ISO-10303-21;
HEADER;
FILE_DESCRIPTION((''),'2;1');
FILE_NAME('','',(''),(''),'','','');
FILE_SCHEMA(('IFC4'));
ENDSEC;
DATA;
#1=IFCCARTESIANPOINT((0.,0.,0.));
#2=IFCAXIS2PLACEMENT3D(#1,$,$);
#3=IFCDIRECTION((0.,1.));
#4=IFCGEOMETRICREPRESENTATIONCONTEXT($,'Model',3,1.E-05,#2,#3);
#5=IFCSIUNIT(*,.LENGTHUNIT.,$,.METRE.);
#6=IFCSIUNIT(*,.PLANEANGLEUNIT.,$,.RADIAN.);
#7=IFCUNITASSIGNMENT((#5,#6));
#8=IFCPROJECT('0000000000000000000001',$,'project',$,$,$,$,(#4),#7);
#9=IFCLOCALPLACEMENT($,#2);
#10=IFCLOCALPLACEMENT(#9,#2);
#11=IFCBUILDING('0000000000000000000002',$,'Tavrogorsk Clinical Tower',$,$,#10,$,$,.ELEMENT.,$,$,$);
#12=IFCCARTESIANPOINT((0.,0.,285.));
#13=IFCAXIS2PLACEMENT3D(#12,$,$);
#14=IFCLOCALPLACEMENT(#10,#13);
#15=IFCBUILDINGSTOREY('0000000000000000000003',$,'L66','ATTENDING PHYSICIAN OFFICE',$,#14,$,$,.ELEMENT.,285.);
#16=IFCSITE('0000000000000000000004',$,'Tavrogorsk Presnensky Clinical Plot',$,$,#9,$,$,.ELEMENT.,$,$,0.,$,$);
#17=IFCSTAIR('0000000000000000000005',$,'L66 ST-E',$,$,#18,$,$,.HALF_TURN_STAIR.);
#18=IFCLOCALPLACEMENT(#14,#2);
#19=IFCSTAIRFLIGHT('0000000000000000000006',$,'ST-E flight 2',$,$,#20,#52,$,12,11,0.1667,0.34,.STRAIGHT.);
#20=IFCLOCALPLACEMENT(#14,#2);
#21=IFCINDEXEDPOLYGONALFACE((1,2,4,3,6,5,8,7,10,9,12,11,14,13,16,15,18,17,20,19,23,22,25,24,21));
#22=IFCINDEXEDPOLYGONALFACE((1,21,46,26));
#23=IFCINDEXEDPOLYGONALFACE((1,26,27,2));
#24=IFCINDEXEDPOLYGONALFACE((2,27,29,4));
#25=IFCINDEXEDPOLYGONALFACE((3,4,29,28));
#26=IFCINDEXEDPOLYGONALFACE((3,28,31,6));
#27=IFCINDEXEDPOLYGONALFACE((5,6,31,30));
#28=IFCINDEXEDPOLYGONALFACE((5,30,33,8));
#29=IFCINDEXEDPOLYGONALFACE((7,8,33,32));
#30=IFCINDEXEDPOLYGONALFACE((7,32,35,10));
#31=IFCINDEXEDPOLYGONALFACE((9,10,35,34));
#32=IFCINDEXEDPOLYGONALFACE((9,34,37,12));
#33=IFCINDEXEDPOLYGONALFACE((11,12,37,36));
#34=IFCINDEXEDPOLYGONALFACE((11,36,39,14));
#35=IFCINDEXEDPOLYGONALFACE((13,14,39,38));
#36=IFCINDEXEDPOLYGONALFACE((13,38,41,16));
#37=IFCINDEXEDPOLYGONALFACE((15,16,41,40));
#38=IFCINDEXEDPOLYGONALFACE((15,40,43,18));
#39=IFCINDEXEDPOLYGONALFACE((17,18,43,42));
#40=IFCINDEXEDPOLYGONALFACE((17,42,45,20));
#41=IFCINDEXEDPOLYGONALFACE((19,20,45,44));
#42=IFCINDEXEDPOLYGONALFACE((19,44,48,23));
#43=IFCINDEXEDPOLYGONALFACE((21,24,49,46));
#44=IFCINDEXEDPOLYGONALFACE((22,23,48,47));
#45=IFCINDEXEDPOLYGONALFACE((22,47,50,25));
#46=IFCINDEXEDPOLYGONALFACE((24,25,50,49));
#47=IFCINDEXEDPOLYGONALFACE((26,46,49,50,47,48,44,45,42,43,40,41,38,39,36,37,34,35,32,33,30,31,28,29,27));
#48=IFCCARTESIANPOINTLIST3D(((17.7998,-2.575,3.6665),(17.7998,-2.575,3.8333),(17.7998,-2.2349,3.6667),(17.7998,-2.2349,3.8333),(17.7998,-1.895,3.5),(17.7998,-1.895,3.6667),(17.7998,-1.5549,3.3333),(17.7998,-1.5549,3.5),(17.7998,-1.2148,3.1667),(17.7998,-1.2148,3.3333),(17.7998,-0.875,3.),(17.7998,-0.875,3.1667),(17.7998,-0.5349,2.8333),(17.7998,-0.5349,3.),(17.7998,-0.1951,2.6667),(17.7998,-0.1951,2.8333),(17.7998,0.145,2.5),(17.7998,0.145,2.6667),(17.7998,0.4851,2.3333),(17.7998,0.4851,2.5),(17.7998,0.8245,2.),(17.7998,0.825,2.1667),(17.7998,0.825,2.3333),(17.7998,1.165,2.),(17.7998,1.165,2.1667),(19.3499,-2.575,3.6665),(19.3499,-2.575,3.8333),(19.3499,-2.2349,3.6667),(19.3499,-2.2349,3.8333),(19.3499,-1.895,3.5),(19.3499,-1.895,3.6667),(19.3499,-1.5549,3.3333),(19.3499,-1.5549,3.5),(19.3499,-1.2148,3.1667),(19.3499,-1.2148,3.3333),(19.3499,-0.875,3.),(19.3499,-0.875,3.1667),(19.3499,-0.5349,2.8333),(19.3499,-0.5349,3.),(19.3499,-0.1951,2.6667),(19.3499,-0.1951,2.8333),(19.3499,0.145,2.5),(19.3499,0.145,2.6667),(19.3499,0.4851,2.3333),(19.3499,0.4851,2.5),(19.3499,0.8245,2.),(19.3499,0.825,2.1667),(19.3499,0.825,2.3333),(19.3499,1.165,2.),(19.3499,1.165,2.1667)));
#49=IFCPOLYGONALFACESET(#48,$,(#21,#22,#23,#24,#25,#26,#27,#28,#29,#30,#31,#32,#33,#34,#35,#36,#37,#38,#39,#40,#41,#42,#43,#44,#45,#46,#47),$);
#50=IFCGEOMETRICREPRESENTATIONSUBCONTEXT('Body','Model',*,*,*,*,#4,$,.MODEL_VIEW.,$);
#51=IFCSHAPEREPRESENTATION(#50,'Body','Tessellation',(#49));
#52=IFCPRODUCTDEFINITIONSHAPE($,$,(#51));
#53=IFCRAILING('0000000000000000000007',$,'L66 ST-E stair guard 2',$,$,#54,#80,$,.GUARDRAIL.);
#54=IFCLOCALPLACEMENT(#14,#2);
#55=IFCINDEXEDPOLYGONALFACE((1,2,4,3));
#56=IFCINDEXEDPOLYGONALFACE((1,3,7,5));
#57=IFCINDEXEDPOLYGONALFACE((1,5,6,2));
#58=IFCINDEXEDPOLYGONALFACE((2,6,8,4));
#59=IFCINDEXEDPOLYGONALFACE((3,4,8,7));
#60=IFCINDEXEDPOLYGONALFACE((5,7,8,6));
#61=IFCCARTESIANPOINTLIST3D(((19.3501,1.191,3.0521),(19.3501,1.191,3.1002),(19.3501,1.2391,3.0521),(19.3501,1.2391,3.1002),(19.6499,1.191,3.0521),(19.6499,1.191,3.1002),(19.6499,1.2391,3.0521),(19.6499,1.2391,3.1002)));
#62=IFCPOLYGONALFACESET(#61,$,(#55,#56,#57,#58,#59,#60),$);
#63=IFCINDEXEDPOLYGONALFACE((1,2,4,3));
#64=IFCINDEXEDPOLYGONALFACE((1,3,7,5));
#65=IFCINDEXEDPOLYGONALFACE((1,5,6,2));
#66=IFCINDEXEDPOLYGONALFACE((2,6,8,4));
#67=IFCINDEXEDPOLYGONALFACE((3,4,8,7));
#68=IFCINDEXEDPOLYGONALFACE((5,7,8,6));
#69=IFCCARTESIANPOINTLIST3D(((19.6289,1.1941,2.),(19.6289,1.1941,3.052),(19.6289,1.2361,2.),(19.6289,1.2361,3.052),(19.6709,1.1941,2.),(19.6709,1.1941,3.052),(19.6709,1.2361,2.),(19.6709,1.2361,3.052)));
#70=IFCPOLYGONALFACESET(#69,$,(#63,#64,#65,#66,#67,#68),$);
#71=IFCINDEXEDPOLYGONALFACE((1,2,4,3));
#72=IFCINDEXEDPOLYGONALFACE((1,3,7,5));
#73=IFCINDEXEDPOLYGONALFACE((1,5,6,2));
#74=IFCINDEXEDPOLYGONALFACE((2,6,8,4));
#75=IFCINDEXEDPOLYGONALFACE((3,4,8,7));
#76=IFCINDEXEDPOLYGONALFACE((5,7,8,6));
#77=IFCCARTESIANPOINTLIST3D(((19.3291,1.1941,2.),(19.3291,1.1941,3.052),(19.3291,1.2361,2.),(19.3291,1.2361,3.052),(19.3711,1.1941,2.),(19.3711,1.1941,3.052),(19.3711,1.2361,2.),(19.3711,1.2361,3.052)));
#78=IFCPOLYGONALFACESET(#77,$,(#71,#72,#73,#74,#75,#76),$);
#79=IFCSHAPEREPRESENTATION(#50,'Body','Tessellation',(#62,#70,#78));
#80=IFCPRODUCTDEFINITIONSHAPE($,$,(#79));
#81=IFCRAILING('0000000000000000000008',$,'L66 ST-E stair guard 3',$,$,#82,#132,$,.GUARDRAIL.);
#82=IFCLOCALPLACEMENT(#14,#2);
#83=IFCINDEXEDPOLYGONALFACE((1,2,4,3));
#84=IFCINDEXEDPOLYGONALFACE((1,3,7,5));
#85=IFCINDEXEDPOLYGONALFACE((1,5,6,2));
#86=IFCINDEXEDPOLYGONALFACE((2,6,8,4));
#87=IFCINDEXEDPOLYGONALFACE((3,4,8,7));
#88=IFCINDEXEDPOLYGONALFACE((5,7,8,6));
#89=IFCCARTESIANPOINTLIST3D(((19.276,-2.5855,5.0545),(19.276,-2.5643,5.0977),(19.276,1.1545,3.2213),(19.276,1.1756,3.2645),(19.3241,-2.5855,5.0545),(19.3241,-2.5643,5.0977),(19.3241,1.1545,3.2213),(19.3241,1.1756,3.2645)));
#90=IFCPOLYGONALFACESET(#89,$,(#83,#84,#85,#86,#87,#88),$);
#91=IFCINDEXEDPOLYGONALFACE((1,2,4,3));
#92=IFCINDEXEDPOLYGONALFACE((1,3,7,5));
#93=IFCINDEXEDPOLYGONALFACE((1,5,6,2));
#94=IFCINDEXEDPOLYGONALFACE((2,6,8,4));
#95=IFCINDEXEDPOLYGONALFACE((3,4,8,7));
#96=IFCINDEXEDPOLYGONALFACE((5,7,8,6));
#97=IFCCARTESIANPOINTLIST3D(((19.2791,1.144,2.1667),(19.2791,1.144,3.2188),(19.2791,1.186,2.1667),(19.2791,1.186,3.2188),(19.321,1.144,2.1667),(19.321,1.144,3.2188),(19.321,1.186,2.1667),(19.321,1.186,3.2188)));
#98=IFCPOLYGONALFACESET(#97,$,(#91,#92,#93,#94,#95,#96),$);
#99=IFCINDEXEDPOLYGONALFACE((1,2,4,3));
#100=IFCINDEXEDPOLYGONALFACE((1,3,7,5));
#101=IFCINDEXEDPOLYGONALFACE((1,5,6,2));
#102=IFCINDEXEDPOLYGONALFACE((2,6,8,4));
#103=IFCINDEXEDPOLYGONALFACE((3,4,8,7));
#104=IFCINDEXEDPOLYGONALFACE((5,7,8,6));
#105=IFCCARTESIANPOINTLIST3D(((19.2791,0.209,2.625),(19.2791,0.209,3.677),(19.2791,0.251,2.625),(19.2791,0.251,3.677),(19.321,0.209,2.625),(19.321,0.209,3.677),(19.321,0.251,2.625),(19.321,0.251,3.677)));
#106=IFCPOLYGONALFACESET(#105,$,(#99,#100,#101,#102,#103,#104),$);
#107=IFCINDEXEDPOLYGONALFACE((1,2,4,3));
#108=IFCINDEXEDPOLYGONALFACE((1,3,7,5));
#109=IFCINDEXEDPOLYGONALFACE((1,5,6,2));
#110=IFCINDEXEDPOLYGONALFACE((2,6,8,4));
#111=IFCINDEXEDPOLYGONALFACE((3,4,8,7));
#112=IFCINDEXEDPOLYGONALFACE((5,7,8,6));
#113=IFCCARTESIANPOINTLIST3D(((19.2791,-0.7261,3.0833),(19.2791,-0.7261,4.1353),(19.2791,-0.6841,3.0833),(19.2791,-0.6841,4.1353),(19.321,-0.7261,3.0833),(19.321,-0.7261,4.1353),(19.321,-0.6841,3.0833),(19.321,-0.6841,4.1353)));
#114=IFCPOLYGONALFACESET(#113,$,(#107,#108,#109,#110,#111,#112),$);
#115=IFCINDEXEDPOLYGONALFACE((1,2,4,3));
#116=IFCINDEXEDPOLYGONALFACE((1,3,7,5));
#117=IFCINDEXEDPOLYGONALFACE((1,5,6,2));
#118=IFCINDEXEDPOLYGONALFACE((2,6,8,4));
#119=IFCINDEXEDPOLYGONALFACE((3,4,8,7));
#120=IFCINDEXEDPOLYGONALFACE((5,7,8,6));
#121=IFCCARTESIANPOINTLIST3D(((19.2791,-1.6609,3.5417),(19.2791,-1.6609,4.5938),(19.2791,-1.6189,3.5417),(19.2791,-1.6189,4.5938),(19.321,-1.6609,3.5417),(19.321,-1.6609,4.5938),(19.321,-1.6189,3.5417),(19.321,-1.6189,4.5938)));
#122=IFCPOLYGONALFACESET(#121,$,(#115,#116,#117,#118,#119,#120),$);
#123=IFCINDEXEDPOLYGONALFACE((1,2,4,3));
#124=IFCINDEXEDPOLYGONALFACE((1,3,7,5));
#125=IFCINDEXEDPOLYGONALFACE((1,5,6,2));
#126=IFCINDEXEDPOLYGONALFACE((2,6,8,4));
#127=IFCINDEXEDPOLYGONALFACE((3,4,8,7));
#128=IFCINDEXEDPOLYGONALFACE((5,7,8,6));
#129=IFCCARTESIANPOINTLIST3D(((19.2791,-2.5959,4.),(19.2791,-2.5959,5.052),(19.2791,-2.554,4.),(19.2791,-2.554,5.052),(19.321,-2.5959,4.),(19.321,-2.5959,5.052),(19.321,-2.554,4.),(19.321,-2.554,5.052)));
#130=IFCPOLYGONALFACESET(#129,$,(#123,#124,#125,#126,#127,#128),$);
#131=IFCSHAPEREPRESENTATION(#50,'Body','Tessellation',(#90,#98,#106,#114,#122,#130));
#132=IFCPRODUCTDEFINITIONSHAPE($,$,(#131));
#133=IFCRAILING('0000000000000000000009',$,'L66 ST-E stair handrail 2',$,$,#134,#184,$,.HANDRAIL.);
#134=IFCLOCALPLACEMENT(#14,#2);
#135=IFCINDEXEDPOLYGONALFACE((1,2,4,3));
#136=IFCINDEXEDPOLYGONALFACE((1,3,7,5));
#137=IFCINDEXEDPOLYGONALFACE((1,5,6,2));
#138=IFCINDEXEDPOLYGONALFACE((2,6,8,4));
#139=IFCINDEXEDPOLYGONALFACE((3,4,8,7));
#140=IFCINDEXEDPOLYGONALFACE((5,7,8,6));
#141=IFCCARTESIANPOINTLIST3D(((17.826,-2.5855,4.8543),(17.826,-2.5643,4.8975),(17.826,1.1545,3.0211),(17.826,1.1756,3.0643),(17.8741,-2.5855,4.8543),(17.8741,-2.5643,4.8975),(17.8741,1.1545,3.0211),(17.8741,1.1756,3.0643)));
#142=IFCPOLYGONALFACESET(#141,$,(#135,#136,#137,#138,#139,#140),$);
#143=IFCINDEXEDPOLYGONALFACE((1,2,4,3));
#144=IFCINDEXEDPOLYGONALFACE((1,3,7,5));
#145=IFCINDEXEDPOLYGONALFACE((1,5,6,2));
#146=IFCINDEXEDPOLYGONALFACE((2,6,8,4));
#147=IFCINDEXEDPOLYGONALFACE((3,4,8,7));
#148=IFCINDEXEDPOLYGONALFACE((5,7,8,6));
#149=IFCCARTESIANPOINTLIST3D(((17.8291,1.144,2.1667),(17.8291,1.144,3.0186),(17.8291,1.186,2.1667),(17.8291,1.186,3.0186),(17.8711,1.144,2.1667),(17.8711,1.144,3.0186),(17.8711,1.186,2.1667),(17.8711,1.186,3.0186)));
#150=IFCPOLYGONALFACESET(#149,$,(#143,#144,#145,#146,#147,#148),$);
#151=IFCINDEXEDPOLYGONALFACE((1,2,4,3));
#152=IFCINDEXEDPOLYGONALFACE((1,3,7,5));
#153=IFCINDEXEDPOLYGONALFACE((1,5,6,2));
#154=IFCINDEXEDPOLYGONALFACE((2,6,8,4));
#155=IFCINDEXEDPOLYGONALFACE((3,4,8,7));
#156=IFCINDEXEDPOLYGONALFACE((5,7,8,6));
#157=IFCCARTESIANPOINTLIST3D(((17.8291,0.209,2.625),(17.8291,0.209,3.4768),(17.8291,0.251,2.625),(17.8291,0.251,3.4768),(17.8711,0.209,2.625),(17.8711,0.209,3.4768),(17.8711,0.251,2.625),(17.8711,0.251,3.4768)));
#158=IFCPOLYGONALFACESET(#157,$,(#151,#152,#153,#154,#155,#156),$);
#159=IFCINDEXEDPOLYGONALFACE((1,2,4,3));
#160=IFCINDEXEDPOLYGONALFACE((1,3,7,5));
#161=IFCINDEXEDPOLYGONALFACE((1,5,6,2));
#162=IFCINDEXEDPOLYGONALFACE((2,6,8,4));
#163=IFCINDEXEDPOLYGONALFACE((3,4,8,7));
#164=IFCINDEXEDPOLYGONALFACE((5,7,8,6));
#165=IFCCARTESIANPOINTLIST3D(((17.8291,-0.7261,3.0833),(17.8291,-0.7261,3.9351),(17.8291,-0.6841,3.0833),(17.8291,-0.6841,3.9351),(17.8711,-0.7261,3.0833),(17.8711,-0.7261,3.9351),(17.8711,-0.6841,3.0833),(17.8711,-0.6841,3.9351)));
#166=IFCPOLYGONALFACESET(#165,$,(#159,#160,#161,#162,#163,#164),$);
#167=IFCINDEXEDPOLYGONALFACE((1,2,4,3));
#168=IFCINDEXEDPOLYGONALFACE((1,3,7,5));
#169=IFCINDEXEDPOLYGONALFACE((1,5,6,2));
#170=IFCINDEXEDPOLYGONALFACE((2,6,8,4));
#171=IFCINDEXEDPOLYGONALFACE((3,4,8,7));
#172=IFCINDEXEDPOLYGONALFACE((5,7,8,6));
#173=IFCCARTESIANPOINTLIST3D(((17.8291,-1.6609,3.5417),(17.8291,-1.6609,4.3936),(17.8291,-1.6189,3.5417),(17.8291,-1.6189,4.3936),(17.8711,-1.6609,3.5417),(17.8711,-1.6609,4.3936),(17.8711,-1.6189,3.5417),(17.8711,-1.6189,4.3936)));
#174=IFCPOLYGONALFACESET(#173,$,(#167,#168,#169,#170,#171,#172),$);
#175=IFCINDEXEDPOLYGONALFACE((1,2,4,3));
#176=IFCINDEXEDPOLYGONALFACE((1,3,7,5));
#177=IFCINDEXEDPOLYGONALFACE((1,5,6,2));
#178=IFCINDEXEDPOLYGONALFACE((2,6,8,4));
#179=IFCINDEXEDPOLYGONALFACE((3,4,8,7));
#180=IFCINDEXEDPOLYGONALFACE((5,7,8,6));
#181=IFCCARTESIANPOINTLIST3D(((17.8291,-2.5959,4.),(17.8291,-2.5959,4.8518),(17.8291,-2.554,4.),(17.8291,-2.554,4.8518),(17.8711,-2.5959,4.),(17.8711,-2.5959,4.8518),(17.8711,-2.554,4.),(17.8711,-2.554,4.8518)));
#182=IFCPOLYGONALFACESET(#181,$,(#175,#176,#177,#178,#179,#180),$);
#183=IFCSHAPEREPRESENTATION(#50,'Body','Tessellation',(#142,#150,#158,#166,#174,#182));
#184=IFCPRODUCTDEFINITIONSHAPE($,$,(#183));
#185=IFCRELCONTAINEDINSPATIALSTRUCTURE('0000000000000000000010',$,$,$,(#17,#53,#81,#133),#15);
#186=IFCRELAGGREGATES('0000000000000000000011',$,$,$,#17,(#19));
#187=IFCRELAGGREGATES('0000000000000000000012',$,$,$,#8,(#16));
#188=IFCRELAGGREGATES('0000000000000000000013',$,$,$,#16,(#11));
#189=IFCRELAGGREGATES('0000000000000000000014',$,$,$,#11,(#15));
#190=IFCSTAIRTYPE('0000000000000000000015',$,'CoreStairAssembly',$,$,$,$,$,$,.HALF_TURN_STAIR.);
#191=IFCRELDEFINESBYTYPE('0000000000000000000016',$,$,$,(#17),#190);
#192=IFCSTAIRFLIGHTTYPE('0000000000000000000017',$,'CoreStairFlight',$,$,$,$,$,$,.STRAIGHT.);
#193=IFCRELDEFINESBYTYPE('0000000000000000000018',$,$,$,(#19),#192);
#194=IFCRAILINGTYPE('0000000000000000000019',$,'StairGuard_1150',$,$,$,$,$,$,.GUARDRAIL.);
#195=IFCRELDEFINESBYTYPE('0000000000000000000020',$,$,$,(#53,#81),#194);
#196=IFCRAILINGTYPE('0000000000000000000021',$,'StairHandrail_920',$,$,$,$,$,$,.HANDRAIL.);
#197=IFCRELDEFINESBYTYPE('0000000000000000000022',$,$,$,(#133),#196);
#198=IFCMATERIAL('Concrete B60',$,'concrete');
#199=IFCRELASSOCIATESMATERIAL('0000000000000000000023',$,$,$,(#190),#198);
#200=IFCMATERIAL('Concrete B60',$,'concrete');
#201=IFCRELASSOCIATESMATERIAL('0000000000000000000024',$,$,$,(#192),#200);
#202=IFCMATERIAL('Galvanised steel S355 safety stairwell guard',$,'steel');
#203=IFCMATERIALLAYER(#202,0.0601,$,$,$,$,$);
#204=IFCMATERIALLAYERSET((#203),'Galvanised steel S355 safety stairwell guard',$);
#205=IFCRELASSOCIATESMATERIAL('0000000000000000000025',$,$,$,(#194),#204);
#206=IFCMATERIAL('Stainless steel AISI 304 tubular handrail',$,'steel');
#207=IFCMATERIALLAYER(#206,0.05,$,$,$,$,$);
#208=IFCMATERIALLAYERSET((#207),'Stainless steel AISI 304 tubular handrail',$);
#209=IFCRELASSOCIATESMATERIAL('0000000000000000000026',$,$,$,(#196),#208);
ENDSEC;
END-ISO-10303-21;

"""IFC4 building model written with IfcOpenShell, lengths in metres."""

from ifc_helpers import new_model, si_unit, direction, frame, origin, origin_2d, place, context, subcontext, project, spatial, polyline, rectangle, outline, extrude, material, layer, layer_set, type_object, element, aggregate, save


model = new_model("IFC4")

# Units and contexts
model_context = context("Model", 3, precision=1e-05, world=origin(), true_north=direction((0.0, 1.0)))
body_context = subcontext(model_context, "Body", "Model", "MODEL_VIEW")
ifc_project = project(units=[si_unit("LENGTHUNIT", "METRE"), si_unit("PLANEANGLEUNIT", "RADIAN")], contexts=[model_context])

# Site, building, storey
site_placement = place(None, origin())
site = spatial("IfcSite", under=ifc_project, at=site_placement, Name="Tavrogorsk Presnensky Clinical Plot", CompositionType="ELEMENT", RefElevation=0.0)
building_placement = place(site_placement, origin())
building = spatial("IfcBuilding", under=site, at=building_placement, Name="Tavrogorsk Clinical Tower", CompositionType="ELEMENT")
storey_placement = place(building_placement, frame((0.0, 0.0, 285.0)))
storey = spatial("IfcBuildingStorey", under=building, at=storey_placement, Name="L66", Description="ATTENDING PHYSICIAN OFFICE", CompositionType="ELEMENT", Elevation=285.0)

# Stair, stair flight
ifc_material_1 = material(Name="Concrete B60", Category="concrete")
stair_type = type_object("IfcStairType", Name="CoreStairAssembly", PredefinedType="HALF_TURN_STAIR", material=ifc_material_1)
stair_placement = place(storey_placement, origin())
stair = element("IfcStair", 1, at=stair_placement, inside=storey, type_object=stair_type, Name="L66 ST-E", PredefinedType="HALF_TURN_STAIR")
ifc_material_2 = material(Name="Concrete B60", Category="concrete")
stair_flight_type = type_object("IfcStairFlightType", Name="CoreStairFlight", PredefinedType="STRAIGHT", material=ifc_material_2)
stair_flight_placement = place(storey_placement, frame((18.575, 1.165, 2.0), z_axis=(0.0, 0.0, 1.0), x_axis=(0.0, -1.0, 0.0)))
stair_flight = element("IfcStairFlight", 2, at=stair_flight_placement, type_object=stair_flight_type, Name="ST-E flight 2", NumberOfRisers=12, NumberOfTreads=11, PredefinedType="STRAIGHT", RiserHeight=0.1667, TreadLength=0.34, context=body_context, shape_type="SweptSolid", body=[
    extrude(outline(polyline([(0.0, 0.0), (0.0, 0.1667), (0.3401, 0.1667), (0.3401, 0.3333), (0.6799, 0.3333), (0.6799, 0.5), (1.02, 0.5), (1.02, 0.6667), (1.3601, 0.6667), (1.3601, 0.8333), (1.7, 0.8333), (1.7, 1.0), (2.04, 1.0), (2.04, 1.1667), (2.3799, 1.1667), (2.3799, 1.3333), (2.72, 1.3333), (2.72, 1.5), (3.0601, 1.5), (3.0601, 1.6667), (3.3999, 1.6667), (3.3999, 1.8333), (3.74, 1.8333), (3.74, 2.0), (3.74, 1.6665), (0.3406, 0.0), (0.0, 0.0)])), frame((0.0, 0.7749, 0.0), z_axis=(0.0, -1.0, 0.0), x_axis=(1.0, 0.0, 0.0)), (0.0, 0.0, 1.0), 1.55),
])
aggregate(stair, [stair_flight])

# Railings
ifc_material_3 = material(Name="Galvanised steel S355 safety stairwell guard", Category="steel")
ifc_layer_1 = layer(ifc_material_3, 0.0601)
ifc_layer_set_1 = layer_set([ifc_layer_1], Name="Galvanised steel S355 safety stairwell guard")
railing_type_1 = type_object("IfcRailingType", Name="StairGuard_1150", PredefinedType="GUARDRAIL", material=ifc_layer_set_1)
railing_1_placement = place(storey_placement, frame((19.6499, 1.2151, 2.0)))
element("IfcRailing", 3, at=railing_1_placement, inside=storey, type_object=railing_type_1, Name="L66 ST-E stair guard 2", PredefinedType="GUARDRAIL", context=body_context, shape_type="SweptSolid", body=[
    extrude(rectangle(XDim=0.0481, YDim=0.0481, at=origin_2d()), frame((0.0, 0.0, 1.0762), z_axis=(-1.0, 0.0, 0.0), x_axis=(0.0, -1.0, 0.0)), (0.0, 0.0, 1.0), 0.2998),
    extrude(rectangle(XDim=0.042, YDim=0.042, at=origin_2d()), origin(), (0.0, 0.0, 1.0), 1.052),
    extrude(rectangle(XDim=0.042, YDim=0.042, at=origin_2d()), frame((-0.2998, 0.0, 0.0)), (0.0, 0.0, 1.0), 1.052),
])
railing_2_placement = place(storey_placement, frame((19.3, 1.165, 2.1667)))
element("IfcRailing", 4, at=railing_2_placement, inside=storey, type_object=railing_type_1, Name="L66 ST-E stair guard 3", PredefinedType="GUARDRAIL", context=body_context, shape_type="SweptSolid", body=[
    extrude(rectangle(XDim=0.0481, YDim=0.0481, at=origin_2d()), frame((0.0, 0.0, 1.0762), z_axis=(0.0, -0.897928, 0.440142), x_axis=(1.0, 0.0, 0.0)), (0.0, 0.0, 1.0), 4.165),
    extrude(rectangle(XDim=0.042, YDim=0.042, at=origin_2d()), origin(), (0.0, 0.0, 1.0), 1.052),
    extrude(rectangle(XDim=0.042, YDim=0.042, at=origin_2d()), frame((0.0, -0.9351, 0.4583)), (0.0, 0.0, 1.0), 1.052),
    extrude(rectangle(XDim=0.042, YDim=0.042, at=origin_2d()), frame((0.0, -1.8701, 0.9165)), (0.0, 0.0, 1.0), 1.052),
    extrude(rectangle(XDim=0.042, YDim=0.042, at=origin_2d()), frame((0.0, -2.8049, 1.375)), (0.0, 0.0, 1.0), 1.052),
    extrude(rectangle(XDim=0.042, YDim=0.042, at=origin_2d()), frame((0.0, -3.74, 1.8333)), (0.0, 0.0, 1.0), 1.052),
])
ifc_material_4 = material(Name="Stainless steel AISI 304 tubular handrail", Category="steel")
ifc_layer_2 = layer(ifc_material_4, 0.05)
ifc_layer_set_2 = layer_set([ifc_layer_2], Name="Stainless steel AISI 304 tubular handrail")
railing_type_2 = type_object("IfcRailingType", Name="StairHandrail_920", PredefinedType="HANDRAIL", material=ifc_layer_set_2)
railing_3_placement = place(storey_placement, frame((17.8501, 1.165, 2.1667)))
element("IfcRailing", 5, at=railing_3_placement, inside=storey, type_object=railing_type_2, Name="L66 ST-E stair handrail 2", PredefinedType="HANDRAIL", context=body_context, shape_type="SweptSolid", body=[
    extrude(rectangle(XDim=0.0481, YDim=0.0481, at=origin_2d()), frame((0.0, 0.0, 0.876), z_axis=(0.0, -0.897928, 0.440142), x_axis=(1.0, 0.0, 0.0)), (0.0, 0.0, 1.0), 4.165),
    extrude(rectangle(XDim=0.042, YDim=0.042, at=origin_2d()), origin(), (0.0, 0.0, 1.0), 0.8518),
    extrude(rectangle(XDim=0.042, YDim=0.042, at=origin_2d()), frame((0.0, -0.9351, 0.4583)), (0.0, 0.0, 1.0), 0.8518),
    extrude(rectangle(XDim=0.042, YDim=0.042, at=origin_2d()), frame((0.0, -1.8701, 0.9165)), (0.0, 0.0, 1.0), 0.8518),
    extrude(rectangle(XDim=0.042, YDim=0.042, at=origin_2d()), frame((0.0, -2.8049, 1.375)), (0.0, 0.0, 1.0), 0.8518),
    extrude(rectangle(XDim=0.042, YDim=0.042, at=origin_2d()), frame((0.0, -3.74, 1.8333)), (0.0, 0.0, 1.0), 0.8518),
])

save(model, "model.ifc")
